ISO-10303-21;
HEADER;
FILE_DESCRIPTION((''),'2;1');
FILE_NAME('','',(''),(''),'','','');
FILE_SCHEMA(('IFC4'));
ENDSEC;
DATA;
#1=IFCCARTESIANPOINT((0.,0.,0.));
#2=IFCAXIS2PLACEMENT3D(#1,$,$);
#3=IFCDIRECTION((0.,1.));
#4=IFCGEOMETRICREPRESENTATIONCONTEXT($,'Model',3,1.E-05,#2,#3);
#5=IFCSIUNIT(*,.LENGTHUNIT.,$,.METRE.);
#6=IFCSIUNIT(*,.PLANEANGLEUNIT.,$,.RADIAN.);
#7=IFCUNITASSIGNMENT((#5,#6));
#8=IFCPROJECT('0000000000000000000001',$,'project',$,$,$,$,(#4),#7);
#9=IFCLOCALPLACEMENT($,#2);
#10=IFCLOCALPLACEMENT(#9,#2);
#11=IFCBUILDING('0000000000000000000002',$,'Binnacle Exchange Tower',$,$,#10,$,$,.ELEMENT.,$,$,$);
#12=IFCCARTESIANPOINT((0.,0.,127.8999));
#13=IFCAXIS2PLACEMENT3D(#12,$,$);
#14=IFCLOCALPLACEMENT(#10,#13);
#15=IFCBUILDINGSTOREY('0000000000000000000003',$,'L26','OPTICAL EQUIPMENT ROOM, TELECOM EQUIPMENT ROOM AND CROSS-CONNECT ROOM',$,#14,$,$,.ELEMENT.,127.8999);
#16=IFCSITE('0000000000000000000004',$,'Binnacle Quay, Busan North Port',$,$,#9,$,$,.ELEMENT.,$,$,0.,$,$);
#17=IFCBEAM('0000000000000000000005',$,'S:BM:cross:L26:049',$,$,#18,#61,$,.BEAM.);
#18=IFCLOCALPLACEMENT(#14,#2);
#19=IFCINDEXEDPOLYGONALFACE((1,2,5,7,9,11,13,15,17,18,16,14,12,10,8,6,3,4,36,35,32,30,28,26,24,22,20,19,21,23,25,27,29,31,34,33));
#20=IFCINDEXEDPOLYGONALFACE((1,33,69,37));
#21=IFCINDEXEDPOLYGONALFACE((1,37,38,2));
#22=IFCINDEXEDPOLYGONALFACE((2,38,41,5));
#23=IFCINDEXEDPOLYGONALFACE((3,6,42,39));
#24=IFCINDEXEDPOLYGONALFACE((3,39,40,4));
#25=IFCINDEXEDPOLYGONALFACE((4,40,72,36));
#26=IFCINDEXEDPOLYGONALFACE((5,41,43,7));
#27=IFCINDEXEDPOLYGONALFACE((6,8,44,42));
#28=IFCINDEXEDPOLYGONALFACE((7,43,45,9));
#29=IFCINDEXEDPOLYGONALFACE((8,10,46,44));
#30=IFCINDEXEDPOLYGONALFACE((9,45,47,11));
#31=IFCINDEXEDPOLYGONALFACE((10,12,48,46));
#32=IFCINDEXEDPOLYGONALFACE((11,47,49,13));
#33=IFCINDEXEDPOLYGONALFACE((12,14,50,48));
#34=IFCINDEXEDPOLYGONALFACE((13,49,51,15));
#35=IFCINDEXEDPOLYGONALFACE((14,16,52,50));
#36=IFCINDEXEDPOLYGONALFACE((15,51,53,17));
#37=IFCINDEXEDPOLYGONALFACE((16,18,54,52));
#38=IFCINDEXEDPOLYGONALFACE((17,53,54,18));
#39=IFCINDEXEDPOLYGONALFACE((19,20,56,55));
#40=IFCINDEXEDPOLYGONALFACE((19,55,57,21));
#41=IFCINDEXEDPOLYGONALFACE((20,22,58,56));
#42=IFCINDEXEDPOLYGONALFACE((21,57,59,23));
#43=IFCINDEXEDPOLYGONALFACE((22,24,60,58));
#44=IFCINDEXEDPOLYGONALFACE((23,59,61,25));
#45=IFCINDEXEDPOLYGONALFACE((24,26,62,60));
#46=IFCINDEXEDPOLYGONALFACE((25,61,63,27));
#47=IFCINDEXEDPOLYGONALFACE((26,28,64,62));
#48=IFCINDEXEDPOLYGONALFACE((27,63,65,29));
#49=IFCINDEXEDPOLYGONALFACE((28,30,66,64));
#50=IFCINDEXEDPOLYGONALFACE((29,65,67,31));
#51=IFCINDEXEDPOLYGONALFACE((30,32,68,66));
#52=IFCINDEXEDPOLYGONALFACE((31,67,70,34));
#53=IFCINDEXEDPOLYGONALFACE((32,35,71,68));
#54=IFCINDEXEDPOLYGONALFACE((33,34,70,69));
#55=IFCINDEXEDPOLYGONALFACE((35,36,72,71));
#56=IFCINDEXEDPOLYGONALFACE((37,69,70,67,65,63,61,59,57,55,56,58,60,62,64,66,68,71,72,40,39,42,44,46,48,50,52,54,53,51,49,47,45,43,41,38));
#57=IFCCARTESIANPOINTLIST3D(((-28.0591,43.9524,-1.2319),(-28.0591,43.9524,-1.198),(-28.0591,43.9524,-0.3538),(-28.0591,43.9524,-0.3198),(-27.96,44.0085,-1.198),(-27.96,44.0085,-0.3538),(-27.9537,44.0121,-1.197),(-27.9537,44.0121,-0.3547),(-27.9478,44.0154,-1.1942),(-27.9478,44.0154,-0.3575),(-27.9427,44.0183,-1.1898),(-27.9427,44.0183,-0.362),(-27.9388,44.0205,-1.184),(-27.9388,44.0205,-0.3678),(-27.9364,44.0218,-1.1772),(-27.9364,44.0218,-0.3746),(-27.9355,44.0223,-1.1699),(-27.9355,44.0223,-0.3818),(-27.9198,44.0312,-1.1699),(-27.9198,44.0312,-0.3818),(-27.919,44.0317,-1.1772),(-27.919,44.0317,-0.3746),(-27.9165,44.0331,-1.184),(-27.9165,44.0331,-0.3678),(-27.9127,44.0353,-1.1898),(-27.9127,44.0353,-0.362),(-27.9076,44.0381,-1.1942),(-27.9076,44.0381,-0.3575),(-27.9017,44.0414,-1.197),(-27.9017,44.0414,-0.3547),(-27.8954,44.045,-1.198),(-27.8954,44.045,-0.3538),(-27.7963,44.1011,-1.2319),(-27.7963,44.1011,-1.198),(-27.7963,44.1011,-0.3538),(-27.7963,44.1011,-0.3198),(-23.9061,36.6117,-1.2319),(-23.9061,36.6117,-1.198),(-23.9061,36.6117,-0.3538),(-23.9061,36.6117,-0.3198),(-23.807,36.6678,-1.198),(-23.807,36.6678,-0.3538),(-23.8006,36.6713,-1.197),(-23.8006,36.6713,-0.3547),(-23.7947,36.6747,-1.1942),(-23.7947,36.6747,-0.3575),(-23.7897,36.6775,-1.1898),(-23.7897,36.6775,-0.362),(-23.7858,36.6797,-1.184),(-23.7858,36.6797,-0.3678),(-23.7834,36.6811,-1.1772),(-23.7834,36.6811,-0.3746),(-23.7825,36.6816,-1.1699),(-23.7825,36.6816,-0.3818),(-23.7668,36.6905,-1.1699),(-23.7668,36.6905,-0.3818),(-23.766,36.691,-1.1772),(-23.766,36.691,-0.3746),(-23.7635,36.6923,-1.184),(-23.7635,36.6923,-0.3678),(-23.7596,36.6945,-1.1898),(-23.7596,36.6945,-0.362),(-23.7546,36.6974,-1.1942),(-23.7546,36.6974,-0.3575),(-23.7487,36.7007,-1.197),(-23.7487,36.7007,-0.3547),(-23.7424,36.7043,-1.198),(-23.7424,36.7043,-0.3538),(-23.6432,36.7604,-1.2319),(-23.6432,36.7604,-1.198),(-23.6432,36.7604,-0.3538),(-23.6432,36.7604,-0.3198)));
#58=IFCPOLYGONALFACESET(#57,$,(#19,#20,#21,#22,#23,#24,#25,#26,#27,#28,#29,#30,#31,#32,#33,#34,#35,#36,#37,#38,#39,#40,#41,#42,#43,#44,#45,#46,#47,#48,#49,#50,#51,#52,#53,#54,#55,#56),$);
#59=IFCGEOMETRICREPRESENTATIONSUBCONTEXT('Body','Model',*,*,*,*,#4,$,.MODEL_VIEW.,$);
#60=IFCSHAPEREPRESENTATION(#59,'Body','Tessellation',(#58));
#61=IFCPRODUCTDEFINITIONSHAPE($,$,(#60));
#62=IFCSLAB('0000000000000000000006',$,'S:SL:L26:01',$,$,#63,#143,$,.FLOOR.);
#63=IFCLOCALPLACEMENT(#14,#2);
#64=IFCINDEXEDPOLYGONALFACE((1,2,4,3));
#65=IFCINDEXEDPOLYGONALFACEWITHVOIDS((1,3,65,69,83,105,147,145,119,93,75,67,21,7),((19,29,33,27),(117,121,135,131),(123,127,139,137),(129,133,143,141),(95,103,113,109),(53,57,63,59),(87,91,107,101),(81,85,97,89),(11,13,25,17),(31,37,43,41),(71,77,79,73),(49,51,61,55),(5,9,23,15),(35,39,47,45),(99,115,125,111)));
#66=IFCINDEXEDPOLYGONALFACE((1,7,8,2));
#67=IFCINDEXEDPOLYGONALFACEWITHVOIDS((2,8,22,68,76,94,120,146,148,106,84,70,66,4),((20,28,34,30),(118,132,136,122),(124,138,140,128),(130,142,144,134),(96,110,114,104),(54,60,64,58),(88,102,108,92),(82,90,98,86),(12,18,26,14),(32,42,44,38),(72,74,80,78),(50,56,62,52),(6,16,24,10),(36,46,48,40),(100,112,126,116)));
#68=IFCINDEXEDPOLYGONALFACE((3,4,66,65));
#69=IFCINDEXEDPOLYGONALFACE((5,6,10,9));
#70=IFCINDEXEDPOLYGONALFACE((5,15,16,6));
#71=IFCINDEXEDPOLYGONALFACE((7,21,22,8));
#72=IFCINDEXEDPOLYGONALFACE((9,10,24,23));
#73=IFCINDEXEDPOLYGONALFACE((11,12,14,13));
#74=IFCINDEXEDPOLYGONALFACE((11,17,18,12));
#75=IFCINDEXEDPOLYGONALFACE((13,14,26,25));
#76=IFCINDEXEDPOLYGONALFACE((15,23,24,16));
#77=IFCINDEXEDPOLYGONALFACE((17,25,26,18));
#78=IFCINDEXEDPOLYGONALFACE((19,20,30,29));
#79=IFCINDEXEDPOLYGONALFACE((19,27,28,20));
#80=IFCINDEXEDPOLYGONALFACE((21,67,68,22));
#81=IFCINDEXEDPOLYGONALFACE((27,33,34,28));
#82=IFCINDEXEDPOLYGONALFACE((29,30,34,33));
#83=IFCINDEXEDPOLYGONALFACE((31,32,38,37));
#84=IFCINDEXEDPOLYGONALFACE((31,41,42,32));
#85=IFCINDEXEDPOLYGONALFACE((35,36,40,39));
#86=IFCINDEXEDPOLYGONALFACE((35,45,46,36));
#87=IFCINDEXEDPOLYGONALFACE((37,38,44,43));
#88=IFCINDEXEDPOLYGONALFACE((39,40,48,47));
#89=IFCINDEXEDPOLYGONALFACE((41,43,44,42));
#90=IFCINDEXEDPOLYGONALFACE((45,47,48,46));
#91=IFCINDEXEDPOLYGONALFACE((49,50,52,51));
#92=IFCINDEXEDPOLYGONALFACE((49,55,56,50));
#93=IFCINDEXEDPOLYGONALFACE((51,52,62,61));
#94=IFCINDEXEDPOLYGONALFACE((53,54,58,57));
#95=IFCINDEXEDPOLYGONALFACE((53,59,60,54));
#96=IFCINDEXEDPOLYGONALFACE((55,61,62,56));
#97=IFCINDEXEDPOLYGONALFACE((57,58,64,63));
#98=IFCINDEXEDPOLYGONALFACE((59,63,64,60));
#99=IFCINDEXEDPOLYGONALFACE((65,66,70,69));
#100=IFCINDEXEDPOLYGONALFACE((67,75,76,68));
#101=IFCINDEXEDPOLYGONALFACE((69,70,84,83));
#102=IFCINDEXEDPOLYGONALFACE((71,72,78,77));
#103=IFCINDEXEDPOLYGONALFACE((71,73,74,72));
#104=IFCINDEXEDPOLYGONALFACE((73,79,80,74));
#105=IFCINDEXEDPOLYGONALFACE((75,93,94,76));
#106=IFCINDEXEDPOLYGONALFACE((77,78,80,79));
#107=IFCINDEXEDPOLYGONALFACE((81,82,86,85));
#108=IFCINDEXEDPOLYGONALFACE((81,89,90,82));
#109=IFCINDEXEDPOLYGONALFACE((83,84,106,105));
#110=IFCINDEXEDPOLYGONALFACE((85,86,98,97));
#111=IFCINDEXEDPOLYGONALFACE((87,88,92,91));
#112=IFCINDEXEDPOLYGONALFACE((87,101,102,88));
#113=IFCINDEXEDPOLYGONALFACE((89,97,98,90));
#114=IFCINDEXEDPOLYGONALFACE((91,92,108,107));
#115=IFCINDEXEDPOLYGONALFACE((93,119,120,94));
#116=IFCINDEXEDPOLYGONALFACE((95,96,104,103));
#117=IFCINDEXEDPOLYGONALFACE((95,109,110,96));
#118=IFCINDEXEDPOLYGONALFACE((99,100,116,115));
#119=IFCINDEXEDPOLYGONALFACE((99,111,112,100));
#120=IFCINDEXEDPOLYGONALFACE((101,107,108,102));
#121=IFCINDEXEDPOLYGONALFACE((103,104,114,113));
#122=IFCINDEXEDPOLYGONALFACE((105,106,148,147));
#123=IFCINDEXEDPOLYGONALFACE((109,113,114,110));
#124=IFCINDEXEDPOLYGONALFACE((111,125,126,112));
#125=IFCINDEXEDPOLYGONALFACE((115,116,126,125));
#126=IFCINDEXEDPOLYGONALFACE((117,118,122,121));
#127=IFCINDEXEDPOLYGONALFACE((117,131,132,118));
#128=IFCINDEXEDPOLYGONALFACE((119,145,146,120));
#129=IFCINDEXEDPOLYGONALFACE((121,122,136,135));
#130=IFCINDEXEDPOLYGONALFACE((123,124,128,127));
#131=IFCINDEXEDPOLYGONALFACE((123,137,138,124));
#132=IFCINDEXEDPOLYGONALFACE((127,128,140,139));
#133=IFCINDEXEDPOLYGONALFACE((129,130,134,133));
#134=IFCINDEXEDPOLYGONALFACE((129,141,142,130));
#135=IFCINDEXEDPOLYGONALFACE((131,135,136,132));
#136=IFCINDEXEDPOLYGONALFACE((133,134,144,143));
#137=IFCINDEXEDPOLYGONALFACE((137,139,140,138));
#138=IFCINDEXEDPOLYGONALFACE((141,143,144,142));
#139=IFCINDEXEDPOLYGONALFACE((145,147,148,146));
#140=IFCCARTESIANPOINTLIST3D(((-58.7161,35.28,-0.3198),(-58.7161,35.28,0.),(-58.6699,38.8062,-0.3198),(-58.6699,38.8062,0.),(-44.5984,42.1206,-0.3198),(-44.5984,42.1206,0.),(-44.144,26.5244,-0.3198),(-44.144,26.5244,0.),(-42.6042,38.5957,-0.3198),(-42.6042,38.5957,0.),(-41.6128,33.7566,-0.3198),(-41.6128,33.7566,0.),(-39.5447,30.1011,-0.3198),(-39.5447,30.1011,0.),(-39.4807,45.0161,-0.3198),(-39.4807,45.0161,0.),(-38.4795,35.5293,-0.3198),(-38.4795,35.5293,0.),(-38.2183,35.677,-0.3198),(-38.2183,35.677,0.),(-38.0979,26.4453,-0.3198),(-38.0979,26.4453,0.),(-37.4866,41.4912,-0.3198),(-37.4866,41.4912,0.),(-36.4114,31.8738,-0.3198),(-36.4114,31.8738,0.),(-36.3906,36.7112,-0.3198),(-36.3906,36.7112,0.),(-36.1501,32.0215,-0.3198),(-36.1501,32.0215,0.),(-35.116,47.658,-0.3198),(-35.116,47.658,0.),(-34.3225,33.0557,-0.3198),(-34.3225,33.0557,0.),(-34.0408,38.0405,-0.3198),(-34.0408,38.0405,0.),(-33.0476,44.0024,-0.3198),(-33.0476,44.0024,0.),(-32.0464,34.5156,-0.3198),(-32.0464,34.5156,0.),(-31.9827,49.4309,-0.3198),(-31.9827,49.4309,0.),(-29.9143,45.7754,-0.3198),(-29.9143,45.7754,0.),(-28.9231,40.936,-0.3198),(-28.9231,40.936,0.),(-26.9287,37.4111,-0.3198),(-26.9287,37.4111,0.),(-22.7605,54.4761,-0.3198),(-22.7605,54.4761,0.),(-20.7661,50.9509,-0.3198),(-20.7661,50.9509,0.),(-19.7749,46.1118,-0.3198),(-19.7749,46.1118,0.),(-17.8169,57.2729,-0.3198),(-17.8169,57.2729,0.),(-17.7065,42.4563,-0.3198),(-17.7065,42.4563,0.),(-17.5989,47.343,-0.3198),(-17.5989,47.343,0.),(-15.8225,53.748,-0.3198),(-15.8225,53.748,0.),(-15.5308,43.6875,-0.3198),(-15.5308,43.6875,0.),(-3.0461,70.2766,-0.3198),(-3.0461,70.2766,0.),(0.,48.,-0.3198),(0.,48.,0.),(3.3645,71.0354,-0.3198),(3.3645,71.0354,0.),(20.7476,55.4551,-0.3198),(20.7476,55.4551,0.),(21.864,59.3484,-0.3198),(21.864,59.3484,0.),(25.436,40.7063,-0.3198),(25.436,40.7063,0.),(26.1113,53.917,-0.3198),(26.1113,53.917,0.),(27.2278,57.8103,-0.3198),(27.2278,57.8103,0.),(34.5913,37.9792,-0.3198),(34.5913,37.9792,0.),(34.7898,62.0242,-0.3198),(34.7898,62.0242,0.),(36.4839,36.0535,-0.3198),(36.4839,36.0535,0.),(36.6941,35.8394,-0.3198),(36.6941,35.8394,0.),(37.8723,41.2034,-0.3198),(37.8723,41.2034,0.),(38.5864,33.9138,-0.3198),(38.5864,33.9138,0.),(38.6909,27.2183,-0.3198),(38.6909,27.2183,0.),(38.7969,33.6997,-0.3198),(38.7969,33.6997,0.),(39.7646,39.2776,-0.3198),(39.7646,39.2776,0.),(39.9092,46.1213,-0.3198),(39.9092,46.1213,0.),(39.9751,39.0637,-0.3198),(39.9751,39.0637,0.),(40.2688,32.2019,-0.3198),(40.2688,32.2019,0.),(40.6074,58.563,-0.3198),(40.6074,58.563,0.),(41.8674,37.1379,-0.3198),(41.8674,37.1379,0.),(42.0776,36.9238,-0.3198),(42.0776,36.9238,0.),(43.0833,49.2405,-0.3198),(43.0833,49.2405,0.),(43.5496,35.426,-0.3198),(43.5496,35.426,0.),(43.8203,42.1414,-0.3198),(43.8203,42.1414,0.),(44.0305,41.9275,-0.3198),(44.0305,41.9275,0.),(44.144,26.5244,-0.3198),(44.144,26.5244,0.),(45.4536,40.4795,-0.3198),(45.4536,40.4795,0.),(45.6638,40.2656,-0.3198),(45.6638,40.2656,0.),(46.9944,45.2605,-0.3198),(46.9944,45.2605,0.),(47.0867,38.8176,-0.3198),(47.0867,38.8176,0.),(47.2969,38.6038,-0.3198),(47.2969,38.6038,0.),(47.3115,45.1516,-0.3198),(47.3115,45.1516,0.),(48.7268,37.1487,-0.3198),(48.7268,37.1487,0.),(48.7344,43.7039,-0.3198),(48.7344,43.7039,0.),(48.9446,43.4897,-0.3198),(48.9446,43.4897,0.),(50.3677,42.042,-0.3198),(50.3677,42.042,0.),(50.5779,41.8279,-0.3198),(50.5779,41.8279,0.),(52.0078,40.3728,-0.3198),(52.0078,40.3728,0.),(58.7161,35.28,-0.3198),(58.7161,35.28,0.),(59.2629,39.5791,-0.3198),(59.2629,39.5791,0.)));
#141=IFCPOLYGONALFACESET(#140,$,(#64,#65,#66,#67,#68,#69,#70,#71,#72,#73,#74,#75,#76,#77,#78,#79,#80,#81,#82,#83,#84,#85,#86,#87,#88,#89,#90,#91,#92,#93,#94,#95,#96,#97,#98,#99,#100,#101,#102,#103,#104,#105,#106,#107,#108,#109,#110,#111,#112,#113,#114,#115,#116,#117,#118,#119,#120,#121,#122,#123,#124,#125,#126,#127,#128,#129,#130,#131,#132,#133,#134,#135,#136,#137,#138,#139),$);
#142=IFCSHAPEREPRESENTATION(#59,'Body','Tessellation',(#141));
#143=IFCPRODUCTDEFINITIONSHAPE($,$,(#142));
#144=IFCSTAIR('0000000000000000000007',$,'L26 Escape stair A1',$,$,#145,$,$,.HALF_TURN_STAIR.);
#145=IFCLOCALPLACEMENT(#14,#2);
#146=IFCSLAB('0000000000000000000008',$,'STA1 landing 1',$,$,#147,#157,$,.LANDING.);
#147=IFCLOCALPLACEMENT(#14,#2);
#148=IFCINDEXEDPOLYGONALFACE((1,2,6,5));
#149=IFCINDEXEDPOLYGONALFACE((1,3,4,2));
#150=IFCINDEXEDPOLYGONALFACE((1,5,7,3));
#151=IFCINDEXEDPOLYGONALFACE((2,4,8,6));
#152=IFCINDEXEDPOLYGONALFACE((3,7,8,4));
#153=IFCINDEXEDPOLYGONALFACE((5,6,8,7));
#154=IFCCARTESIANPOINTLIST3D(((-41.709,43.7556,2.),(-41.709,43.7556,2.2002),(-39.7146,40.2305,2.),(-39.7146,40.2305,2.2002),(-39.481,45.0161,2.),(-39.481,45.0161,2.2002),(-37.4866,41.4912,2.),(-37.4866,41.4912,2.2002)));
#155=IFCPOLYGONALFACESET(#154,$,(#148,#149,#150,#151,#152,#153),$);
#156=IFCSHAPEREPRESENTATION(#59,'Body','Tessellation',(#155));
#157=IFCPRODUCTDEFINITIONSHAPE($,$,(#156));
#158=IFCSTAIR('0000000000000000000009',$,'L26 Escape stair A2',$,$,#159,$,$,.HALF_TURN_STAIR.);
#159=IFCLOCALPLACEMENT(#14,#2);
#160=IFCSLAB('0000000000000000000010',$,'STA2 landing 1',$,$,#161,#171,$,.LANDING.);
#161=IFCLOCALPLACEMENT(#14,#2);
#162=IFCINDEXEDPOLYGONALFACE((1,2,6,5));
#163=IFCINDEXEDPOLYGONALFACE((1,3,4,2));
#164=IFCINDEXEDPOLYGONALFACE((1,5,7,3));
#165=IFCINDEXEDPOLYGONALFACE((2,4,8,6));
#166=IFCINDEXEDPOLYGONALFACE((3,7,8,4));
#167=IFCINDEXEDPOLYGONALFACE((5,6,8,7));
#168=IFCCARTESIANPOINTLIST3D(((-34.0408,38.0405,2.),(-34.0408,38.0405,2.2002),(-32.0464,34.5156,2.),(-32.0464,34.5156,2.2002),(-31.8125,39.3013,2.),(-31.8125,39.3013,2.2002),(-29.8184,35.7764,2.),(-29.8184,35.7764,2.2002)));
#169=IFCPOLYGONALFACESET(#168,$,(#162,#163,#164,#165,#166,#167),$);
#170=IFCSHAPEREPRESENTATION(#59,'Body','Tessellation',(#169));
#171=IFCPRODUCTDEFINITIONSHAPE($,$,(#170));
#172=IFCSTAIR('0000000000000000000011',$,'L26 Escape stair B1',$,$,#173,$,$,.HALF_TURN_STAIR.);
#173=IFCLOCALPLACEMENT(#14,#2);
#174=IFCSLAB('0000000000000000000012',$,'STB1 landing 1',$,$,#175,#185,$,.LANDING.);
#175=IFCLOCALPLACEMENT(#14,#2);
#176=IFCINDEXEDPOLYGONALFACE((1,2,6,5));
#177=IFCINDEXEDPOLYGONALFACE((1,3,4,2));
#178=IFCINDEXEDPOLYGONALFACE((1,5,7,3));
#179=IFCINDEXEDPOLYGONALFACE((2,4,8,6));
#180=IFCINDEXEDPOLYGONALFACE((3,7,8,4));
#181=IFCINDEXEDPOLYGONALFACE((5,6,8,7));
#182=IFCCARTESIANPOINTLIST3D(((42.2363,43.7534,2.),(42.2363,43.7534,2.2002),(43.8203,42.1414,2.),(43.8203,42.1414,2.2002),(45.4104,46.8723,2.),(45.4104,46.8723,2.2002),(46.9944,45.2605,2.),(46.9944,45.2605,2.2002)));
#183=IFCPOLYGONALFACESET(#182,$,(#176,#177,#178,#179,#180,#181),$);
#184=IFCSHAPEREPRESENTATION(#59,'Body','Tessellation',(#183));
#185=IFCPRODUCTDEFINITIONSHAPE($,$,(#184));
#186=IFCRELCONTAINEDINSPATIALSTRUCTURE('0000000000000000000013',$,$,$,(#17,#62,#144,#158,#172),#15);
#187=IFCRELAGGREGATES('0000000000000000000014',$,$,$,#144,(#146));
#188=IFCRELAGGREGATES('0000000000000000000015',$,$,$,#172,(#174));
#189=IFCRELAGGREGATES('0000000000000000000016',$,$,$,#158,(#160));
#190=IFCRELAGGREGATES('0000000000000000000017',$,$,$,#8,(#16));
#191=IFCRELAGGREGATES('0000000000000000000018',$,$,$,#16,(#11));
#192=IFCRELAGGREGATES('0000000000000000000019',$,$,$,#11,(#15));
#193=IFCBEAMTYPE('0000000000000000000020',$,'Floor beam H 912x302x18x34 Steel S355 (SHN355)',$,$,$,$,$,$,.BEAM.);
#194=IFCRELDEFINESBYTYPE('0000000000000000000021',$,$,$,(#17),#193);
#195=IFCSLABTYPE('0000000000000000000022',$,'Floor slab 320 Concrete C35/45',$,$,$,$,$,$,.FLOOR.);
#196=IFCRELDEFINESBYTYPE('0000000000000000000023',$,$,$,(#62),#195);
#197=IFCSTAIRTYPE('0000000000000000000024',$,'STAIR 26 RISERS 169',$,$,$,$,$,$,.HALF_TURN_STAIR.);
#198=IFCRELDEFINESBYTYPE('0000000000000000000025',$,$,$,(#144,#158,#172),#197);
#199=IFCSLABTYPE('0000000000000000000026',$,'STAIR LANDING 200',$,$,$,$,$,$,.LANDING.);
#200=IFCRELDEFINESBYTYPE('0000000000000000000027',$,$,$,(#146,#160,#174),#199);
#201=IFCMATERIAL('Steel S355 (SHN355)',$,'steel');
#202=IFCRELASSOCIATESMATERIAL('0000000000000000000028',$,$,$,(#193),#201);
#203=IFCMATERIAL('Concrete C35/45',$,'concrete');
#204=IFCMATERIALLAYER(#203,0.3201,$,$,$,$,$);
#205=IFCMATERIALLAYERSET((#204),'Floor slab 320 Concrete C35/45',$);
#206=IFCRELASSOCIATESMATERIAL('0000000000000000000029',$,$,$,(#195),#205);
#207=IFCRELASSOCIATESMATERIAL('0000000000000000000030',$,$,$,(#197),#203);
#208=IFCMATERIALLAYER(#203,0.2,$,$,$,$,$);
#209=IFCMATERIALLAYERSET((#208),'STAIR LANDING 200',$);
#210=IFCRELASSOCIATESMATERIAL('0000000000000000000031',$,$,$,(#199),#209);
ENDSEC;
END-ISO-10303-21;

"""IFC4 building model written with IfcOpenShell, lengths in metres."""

from ifc_helpers import new_model, si_unit, direction, frame, origin, origin_2d, place, context, subcontext, project, spatial, polyline, i_section, outline, extrude, material, layer, layer_set, material_profile, profile_set, type_object, element, aggregate, save


model = new_model("IFC4")

# Units and contexts
model_context = context("Model", 3, precision=1e-05, world=origin(), true_north=direction((0.0, 1.0)))
body_context = subcontext(model_context, "Body", "Model", "MODEL_VIEW")
ifc_project = project(units=[si_unit("LENGTHUNIT", "METRE"), si_unit("PLANEANGLEUNIT", "RADIAN")], contexts=[model_context])

# Site, building, storey
site_placement = place(None, origin())
site = spatial("IfcSite", under=ifc_project, at=site_placement, Name="Binnacle Quay, Busan North Port", CompositionType="ELEMENT", RefElevation=0.0)
building_placement = place(site_placement, origin())
building = spatial("IfcBuilding", under=site, at=building_placement, Name="Binnacle Exchange Tower", CompositionType="ELEMENT")
storey_placement = place(building_placement, frame((0.0, 0.0, 127.8999)))
storey = spatial("IfcBuildingStorey", under=building, at=storey_placement, Name="L26", Description="OPTICAL EQUIPMENT ROOM, TELECOM EQUIPMENT ROOM AND CROSS-CONNECT ROOM", CompositionType="ELEMENT", Elevation=127.8999)

# Beam
ifc_material_1 = material(Name="Steel S355 (SHN355)", Category="steel")
ifc_material_profile_1 = material_profile(ifc_material_1, i_section(OverallWidth=0.302, OverallDepth=0.9121, WebThickness=0.0181, FlangeThickness=0.0339, FilletRadius=0.0281, at=origin_2d()), Name="H 912x302x18x34")
ifc_profile_set_1 = profile_set([ifc_material_profile_1], Name="Steel S355 (SHN355)")
beam_type_1 = type_object("IfcBeamType", Name="Floor beam H 912x302x18x34 Steel S355 (SHN355)", PredefinedType="BEAM", material=ifc_profile_set_1)
beam_1_placement = place(storey_placement, frame((-23.7747, 36.686, -0.7759), z_axis=(-0.492409, 0.870364, 0.0), x_axis=(-0.870364, -0.492409, 0.0)))
element("IfcBeam", 1, at=beam_1_placement, inside=storey, type_object=beam_type_1, Name="S:BM:cross:L26:049", PredefinedType="BEAM", context=body_context, shape_type="SweptSolid", body=[
    extrude(i_section(OverallWidth=0.302, OverallDepth=0.9121, WebThickness=0.0181, FlangeThickness=0.0339, FilletRadius=0.0281, at=origin_2d()), origin(), (0.0, 0.0, 1.0), 8.4341),
])

# Slab
ifc_material_2 = material(Name="Concrete C35/45", Category="concrete")
ifc_layer_1 = layer(ifc_material_2, 0.3201)
ifc_layer_set_1 = layer_set([ifc_layer_1], Name="Floor slab 320 Concrete C35/45")
slab_type_1 = type_object("IfcSlabType", Name="Floor slab 320 Concrete C35/45", PredefinedType="FLOOR", material=ifc_layer_set_1)
slab_1_placement = place(storey_placement, frame((0.0, 0.0, -0.3198)))
element("IfcSlab", 2, at=slab_1_placement, inside=storey, type_object=slab_type_1, Name="S:SL:L26:01", PredefinedType="FLOOR", context=body_context, shape_type="SweptSolid", body=[
    extrude(outline(polyline([(59.2629, 39.5791), (58.7161, 35.28), (44.144, 26.5244), (38.6909, 27.2183), (25.436, 40.7063), (0.0, 48.0), (-38.0979, 26.4453), (-44.144, 26.5244), (-58.7161, 35.28), (-58.6699, 38.8062), (-3.0461, 70.2766), (3.3645, 71.0354), (34.7898, 62.0242), (40.6074, 58.563), (59.2629, 39.5791)]), holes=[polyline([(-38.4795, 35.5293), (-41.6128, 33.7566), (-39.5447, 30.1011), (-36.4114, 31.8738), (-38.4795, 35.5293)]), polyline([(-34.3225, 33.0557), (-36.3906, 36.7112), (-38.2183, 35.677), (-36.1501, 32.0215), (-34.3225, 33.0557)]), polyline([(-34.0408, 38.0405), (-32.0464, 34.5156), (-26.9287, 37.4111), (-28.9231, 40.936), (-34.0408, 38.0405)]), polyline([(-37.4866, 41.4912), (-39.4807, 45.0161), (-44.5984, 42.1206), (-42.6042, 38.5957), (-37.4866, 41.4912)]), polyline([(-15.5308, 43.6875), (-17.5989, 47.343), (-19.7749, 46.1118), (-17.7065, 42.4563), (-15.5308, 43.6875)]), polyline([(-29.9143, 45.7754), (-31.9827, 49.4309), (-35.116, 47.658), (-33.0476, 44.0024), (-29.9143, 45.7754)]), polyline([(-15.8225, 53.748), (-17.8169, 57.2729), (-22.7605, 54.4761), (-20.7661, 50.9509), (-15.8225, 53.748)]), polyline([(26.1113, 53.917), (27.2278, 57.8103), (21.864, 59.3484), (20.7476, 55.4551), (26.1113, 53.917)]), polyline([(40.2688, 32.2019), (43.5496, 35.426), (42.0776, 36.9238), (38.7969, 33.6997), (40.2688, 32.2019)]), polyline([(38.5864, 33.9138), (41.8674, 37.1379), (39.9751, 39.0637), (36.6941, 35.8394), (38.5864, 33.9138)]), polyline([(36.4839, 36.0535), (39.7646, 39.2776), (37.8723, 41.2034), (34.5913, 37.9792), (36.4839, 36.0535)]), polyline([(48.7268, 37.1487), (52.0078, 40.3728), (50.5779, 41.8279), (47.2969, 38.6038), (48.7268, 37.1487)]), polyline([(47.0867, 38.8176), (50.3677, 42.042), (48.9446, 43.4897), (45.6638, 40.2656), (47.0867, 38.8176)]), polyline([(45.4536, 40.4795), (48.7344, 43.7039), (47.3115, 45.1516), (44.0305, 41.9275), (45.4536, 40.4795)]), polyline([(43.8203, 42.1414), (46.9944, 45.2605), (43.0833, 49.2405), (39.9092, 46.1213), (43.8203, 42.1414)])]), origin(), (0.0, 0.0, 1.0), 0.3198),
])

# Stairs, slabs
stair_type = type_object("IfcStairType", Name="STAIR 26 RISERS 169", PredefinedType="HALF_TURN_STAIR", material=ifc_material_2)
stair_1_placement = place(storey_placement, origin())
stair_1 = element("IfcStair", 3, at=stair_1_placement, inside=storey, type_object=stair_type, Name="L26 Escape stair A1", PredefinedType="HALF_TURN_STAIR")
ifc_layer_2 = layer(ifc_material_2, 0.2)
ifc_layer_set_2 = layer_set([ifc_layer_2], Name="STAIR LANDING 200")
slab_type_2 = type_object("IfcSlabType", Name="STAIR LANDING 200", PredefinedType="LANDING", material=ifc_layer_set_2)
slab_2_placement = place(storey_placement, frame((0.0, 0.0, 2.0)))
slab_2 = element("IfcSlab", 4, at=slab_2_placement, type_object=slab_type_2, Name="STA1 landing 1", PredefinedType="LANDING", context=body_context, shape_type="SweptSolid", body=[
    extrude(outline(polyline([(-39.7146, 40.2305), (-37.4866, 41.4912), (-39.481, 45.0161), (-41.709, 43.7556), (-39.7146, 40.2305)])), origin(), (0.0, 0.0, 1.0), 0.2002),
])
aggregate(stair_1, [slab_2])
stair_2_placement = place(storey_placement, origin())
stair_2 = element("IfcStair", 5, at=stair_2_placement, inside=storey, type_object=stair_type, Name="L26 Escape stair A2", PredefinedType="HALF_TURN_STAIR")
slab_3_placement = place(storey_placement, frame((0.0, 0.0, 2.0)))
slab_3 = element("IfcSlab", 6, at=slab_3_placement, type_object=slab_type_2, Name="STA2 landing 1", PredefinedType="LANDING", context=body_context, shape_type="SweptSolid", body=[
    extrude(outline(polyline([(-31.8125, 39.3013), (-34.0408, 38.0405), (-32.0464, 34.5156), (-29.8184, 35.7764), (-31.8125, 39.3013)])), origin(), (0.0, 0.0, 1.0), 0.2002),
])
stair_3_placement = place(storey_placement, origin())
stair_3 = element("IfcStair", 7, at=stair_3_placement, inside=storey, type_object=stair_type, Name="L26 Escape stair B1", PredefinedType="HALF_TURN_STAIR")
slab_4_placement = place(storey_placement, frame((0.0, 0.0, 2.0)))
slab_4 = element("IfcSlab", 8, at=slab_4_placement, type_object=slab_type_2, Name="STB1 landing 1", PredefinedType="LANDING", context=body_context, shape_type="SweptSolid", body=[
    extrude(outline(polyline([(42.2363, 43.7534), (43.8203, 42.1414), (46.9944, 45.2605), (45.4104, 46.8723), (42.2363, 43.7534)])), origin(), (0.0, 0.0, 1.0), 0.2002),
])
aggregate(stair_3, [slab_4])

aggregate(stair_2, [slab_3])

save(model, "model.ifc")
